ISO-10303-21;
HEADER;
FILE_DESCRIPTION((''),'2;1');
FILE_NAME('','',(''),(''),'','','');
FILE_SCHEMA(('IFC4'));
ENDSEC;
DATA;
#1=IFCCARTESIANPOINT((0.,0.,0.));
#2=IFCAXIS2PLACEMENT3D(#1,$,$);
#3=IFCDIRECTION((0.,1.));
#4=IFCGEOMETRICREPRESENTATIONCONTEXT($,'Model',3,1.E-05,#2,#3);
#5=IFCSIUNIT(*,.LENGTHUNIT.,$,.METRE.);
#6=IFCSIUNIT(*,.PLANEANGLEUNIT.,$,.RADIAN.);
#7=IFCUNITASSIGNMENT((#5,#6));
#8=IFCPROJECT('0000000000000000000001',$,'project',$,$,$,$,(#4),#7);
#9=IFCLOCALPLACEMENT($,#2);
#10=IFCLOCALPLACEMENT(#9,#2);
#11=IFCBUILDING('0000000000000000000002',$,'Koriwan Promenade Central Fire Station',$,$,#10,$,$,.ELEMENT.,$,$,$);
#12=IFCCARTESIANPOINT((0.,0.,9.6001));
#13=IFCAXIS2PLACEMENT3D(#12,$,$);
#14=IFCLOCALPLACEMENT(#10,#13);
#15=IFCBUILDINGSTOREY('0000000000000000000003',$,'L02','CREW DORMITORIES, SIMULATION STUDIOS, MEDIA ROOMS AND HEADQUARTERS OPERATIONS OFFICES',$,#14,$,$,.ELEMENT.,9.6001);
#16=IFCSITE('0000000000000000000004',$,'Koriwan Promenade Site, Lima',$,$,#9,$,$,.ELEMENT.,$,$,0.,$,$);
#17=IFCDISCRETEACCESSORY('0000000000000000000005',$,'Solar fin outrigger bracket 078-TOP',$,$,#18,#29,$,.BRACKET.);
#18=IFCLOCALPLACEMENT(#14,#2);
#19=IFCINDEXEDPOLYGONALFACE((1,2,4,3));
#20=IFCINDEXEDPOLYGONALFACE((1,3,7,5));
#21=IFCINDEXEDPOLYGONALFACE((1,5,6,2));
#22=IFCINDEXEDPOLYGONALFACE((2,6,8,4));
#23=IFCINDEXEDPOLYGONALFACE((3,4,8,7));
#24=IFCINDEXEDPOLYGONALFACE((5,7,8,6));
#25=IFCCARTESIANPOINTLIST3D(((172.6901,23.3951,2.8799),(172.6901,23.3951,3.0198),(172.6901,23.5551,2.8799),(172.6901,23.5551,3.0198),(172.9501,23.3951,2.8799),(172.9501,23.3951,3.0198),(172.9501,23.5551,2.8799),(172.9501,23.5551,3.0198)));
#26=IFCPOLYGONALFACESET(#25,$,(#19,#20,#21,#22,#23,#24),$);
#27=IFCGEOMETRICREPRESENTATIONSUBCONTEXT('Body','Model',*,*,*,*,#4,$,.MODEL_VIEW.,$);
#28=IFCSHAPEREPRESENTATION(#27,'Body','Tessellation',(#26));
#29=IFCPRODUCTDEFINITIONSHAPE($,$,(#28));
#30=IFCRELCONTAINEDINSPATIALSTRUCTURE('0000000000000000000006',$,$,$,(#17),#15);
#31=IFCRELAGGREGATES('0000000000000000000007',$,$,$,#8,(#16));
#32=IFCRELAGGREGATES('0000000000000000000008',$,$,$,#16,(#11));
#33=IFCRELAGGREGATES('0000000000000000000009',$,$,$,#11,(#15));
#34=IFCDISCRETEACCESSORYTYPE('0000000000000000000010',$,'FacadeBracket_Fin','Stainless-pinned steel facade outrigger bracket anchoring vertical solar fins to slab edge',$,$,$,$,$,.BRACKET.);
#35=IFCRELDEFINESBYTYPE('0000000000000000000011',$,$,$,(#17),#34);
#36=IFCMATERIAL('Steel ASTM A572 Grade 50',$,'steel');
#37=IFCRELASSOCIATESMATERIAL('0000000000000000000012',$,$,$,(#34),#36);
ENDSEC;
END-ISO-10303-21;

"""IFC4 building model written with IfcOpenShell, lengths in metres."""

from ifc_helpers import new_model, si_unit, direction, frame, origin, origin_2d, place, context, subcontext, project, spatial, rectangle, extrude, material, type_object, element, save


model = new_model("IFC4")

# Units and contexts
model_context = context("Model", 3, precision=1e-05, world=origin(), true_north=direction((0.0, 1.0)))
body_context = subcontext(model_context, "Body", "Model", "MODEL_VIEW")
ifc_project = project(units=[si_unit("LENGTHUNIT", "METRE"), si_unit("PLANEANGLEUNIT", "RADIAN")], contexts=[model_context])

# Site, building, storey
site_placement = place(None, origin())
site = spatial("IfcSite", under=ifc_project, at=site_placement, Name="Koriwan Promenade Site, Lima", CompositionType="ELEMENT", RefElevation=0.0)
building_placement = place(site_placement, origin())
building = spatial("IfcBuilding", under=site, at=building_placement, Name="Koriwan Promenade Central Fire Station", CompositionType="ELEMENT")
storey_placement = place(building_placement, frame((0.0, 0.0, 9.6001)))
storey = spatial("IfcBuildingStorey", under=building, at=storey_placement, Name="L02", Description="CREW DORMITORIES, SIMULATION STUDIOS, MEDIA ROOMS AND HEADQUARTERS OPERATIONS OFFICES", CompositionType="ELEMENT", Elevation=9.6001)

# Discrete accessory
ifc_material_1 = material(Name="Steel ASTM A572 Grade 50", Category="steel")
discrete_accessory_type = type_object("IfcDiscreteAccessoryType", Name="FacadeBracket_Fin", Description="Stainless-pinned steel facade outrigger bracket anchoring vertical solar fins to slab edge", PredefinedType="BRACKET", material=ifc_material_1)
for number, where, z_axis, x_axis, name in (
    (1, (172.8201, 23.4751, 2.8799), (0.0, 0.0, 1.0), (1.0, 0.0, 0.0), "Solar fin outrigger bracket 078-TOP"),
):
    element("IfcDiscreteAccessory", number, at=place(storey_placement, frame(where, z_axis=z_axis, x_axis=x_axis)), inside=storey, type_object=discrete_accessory_type, Name=name, PredefinedType="BRACKET", context=body_context, shape_type="SweptSolid", body=[
        extrude(rectangle(XDim=0.26, YDim=0.1599, at=origin_2d()), origin(), (0.0, 0.0, 1.0), 0.1399),
    ])

save(model, "model.ifc")
